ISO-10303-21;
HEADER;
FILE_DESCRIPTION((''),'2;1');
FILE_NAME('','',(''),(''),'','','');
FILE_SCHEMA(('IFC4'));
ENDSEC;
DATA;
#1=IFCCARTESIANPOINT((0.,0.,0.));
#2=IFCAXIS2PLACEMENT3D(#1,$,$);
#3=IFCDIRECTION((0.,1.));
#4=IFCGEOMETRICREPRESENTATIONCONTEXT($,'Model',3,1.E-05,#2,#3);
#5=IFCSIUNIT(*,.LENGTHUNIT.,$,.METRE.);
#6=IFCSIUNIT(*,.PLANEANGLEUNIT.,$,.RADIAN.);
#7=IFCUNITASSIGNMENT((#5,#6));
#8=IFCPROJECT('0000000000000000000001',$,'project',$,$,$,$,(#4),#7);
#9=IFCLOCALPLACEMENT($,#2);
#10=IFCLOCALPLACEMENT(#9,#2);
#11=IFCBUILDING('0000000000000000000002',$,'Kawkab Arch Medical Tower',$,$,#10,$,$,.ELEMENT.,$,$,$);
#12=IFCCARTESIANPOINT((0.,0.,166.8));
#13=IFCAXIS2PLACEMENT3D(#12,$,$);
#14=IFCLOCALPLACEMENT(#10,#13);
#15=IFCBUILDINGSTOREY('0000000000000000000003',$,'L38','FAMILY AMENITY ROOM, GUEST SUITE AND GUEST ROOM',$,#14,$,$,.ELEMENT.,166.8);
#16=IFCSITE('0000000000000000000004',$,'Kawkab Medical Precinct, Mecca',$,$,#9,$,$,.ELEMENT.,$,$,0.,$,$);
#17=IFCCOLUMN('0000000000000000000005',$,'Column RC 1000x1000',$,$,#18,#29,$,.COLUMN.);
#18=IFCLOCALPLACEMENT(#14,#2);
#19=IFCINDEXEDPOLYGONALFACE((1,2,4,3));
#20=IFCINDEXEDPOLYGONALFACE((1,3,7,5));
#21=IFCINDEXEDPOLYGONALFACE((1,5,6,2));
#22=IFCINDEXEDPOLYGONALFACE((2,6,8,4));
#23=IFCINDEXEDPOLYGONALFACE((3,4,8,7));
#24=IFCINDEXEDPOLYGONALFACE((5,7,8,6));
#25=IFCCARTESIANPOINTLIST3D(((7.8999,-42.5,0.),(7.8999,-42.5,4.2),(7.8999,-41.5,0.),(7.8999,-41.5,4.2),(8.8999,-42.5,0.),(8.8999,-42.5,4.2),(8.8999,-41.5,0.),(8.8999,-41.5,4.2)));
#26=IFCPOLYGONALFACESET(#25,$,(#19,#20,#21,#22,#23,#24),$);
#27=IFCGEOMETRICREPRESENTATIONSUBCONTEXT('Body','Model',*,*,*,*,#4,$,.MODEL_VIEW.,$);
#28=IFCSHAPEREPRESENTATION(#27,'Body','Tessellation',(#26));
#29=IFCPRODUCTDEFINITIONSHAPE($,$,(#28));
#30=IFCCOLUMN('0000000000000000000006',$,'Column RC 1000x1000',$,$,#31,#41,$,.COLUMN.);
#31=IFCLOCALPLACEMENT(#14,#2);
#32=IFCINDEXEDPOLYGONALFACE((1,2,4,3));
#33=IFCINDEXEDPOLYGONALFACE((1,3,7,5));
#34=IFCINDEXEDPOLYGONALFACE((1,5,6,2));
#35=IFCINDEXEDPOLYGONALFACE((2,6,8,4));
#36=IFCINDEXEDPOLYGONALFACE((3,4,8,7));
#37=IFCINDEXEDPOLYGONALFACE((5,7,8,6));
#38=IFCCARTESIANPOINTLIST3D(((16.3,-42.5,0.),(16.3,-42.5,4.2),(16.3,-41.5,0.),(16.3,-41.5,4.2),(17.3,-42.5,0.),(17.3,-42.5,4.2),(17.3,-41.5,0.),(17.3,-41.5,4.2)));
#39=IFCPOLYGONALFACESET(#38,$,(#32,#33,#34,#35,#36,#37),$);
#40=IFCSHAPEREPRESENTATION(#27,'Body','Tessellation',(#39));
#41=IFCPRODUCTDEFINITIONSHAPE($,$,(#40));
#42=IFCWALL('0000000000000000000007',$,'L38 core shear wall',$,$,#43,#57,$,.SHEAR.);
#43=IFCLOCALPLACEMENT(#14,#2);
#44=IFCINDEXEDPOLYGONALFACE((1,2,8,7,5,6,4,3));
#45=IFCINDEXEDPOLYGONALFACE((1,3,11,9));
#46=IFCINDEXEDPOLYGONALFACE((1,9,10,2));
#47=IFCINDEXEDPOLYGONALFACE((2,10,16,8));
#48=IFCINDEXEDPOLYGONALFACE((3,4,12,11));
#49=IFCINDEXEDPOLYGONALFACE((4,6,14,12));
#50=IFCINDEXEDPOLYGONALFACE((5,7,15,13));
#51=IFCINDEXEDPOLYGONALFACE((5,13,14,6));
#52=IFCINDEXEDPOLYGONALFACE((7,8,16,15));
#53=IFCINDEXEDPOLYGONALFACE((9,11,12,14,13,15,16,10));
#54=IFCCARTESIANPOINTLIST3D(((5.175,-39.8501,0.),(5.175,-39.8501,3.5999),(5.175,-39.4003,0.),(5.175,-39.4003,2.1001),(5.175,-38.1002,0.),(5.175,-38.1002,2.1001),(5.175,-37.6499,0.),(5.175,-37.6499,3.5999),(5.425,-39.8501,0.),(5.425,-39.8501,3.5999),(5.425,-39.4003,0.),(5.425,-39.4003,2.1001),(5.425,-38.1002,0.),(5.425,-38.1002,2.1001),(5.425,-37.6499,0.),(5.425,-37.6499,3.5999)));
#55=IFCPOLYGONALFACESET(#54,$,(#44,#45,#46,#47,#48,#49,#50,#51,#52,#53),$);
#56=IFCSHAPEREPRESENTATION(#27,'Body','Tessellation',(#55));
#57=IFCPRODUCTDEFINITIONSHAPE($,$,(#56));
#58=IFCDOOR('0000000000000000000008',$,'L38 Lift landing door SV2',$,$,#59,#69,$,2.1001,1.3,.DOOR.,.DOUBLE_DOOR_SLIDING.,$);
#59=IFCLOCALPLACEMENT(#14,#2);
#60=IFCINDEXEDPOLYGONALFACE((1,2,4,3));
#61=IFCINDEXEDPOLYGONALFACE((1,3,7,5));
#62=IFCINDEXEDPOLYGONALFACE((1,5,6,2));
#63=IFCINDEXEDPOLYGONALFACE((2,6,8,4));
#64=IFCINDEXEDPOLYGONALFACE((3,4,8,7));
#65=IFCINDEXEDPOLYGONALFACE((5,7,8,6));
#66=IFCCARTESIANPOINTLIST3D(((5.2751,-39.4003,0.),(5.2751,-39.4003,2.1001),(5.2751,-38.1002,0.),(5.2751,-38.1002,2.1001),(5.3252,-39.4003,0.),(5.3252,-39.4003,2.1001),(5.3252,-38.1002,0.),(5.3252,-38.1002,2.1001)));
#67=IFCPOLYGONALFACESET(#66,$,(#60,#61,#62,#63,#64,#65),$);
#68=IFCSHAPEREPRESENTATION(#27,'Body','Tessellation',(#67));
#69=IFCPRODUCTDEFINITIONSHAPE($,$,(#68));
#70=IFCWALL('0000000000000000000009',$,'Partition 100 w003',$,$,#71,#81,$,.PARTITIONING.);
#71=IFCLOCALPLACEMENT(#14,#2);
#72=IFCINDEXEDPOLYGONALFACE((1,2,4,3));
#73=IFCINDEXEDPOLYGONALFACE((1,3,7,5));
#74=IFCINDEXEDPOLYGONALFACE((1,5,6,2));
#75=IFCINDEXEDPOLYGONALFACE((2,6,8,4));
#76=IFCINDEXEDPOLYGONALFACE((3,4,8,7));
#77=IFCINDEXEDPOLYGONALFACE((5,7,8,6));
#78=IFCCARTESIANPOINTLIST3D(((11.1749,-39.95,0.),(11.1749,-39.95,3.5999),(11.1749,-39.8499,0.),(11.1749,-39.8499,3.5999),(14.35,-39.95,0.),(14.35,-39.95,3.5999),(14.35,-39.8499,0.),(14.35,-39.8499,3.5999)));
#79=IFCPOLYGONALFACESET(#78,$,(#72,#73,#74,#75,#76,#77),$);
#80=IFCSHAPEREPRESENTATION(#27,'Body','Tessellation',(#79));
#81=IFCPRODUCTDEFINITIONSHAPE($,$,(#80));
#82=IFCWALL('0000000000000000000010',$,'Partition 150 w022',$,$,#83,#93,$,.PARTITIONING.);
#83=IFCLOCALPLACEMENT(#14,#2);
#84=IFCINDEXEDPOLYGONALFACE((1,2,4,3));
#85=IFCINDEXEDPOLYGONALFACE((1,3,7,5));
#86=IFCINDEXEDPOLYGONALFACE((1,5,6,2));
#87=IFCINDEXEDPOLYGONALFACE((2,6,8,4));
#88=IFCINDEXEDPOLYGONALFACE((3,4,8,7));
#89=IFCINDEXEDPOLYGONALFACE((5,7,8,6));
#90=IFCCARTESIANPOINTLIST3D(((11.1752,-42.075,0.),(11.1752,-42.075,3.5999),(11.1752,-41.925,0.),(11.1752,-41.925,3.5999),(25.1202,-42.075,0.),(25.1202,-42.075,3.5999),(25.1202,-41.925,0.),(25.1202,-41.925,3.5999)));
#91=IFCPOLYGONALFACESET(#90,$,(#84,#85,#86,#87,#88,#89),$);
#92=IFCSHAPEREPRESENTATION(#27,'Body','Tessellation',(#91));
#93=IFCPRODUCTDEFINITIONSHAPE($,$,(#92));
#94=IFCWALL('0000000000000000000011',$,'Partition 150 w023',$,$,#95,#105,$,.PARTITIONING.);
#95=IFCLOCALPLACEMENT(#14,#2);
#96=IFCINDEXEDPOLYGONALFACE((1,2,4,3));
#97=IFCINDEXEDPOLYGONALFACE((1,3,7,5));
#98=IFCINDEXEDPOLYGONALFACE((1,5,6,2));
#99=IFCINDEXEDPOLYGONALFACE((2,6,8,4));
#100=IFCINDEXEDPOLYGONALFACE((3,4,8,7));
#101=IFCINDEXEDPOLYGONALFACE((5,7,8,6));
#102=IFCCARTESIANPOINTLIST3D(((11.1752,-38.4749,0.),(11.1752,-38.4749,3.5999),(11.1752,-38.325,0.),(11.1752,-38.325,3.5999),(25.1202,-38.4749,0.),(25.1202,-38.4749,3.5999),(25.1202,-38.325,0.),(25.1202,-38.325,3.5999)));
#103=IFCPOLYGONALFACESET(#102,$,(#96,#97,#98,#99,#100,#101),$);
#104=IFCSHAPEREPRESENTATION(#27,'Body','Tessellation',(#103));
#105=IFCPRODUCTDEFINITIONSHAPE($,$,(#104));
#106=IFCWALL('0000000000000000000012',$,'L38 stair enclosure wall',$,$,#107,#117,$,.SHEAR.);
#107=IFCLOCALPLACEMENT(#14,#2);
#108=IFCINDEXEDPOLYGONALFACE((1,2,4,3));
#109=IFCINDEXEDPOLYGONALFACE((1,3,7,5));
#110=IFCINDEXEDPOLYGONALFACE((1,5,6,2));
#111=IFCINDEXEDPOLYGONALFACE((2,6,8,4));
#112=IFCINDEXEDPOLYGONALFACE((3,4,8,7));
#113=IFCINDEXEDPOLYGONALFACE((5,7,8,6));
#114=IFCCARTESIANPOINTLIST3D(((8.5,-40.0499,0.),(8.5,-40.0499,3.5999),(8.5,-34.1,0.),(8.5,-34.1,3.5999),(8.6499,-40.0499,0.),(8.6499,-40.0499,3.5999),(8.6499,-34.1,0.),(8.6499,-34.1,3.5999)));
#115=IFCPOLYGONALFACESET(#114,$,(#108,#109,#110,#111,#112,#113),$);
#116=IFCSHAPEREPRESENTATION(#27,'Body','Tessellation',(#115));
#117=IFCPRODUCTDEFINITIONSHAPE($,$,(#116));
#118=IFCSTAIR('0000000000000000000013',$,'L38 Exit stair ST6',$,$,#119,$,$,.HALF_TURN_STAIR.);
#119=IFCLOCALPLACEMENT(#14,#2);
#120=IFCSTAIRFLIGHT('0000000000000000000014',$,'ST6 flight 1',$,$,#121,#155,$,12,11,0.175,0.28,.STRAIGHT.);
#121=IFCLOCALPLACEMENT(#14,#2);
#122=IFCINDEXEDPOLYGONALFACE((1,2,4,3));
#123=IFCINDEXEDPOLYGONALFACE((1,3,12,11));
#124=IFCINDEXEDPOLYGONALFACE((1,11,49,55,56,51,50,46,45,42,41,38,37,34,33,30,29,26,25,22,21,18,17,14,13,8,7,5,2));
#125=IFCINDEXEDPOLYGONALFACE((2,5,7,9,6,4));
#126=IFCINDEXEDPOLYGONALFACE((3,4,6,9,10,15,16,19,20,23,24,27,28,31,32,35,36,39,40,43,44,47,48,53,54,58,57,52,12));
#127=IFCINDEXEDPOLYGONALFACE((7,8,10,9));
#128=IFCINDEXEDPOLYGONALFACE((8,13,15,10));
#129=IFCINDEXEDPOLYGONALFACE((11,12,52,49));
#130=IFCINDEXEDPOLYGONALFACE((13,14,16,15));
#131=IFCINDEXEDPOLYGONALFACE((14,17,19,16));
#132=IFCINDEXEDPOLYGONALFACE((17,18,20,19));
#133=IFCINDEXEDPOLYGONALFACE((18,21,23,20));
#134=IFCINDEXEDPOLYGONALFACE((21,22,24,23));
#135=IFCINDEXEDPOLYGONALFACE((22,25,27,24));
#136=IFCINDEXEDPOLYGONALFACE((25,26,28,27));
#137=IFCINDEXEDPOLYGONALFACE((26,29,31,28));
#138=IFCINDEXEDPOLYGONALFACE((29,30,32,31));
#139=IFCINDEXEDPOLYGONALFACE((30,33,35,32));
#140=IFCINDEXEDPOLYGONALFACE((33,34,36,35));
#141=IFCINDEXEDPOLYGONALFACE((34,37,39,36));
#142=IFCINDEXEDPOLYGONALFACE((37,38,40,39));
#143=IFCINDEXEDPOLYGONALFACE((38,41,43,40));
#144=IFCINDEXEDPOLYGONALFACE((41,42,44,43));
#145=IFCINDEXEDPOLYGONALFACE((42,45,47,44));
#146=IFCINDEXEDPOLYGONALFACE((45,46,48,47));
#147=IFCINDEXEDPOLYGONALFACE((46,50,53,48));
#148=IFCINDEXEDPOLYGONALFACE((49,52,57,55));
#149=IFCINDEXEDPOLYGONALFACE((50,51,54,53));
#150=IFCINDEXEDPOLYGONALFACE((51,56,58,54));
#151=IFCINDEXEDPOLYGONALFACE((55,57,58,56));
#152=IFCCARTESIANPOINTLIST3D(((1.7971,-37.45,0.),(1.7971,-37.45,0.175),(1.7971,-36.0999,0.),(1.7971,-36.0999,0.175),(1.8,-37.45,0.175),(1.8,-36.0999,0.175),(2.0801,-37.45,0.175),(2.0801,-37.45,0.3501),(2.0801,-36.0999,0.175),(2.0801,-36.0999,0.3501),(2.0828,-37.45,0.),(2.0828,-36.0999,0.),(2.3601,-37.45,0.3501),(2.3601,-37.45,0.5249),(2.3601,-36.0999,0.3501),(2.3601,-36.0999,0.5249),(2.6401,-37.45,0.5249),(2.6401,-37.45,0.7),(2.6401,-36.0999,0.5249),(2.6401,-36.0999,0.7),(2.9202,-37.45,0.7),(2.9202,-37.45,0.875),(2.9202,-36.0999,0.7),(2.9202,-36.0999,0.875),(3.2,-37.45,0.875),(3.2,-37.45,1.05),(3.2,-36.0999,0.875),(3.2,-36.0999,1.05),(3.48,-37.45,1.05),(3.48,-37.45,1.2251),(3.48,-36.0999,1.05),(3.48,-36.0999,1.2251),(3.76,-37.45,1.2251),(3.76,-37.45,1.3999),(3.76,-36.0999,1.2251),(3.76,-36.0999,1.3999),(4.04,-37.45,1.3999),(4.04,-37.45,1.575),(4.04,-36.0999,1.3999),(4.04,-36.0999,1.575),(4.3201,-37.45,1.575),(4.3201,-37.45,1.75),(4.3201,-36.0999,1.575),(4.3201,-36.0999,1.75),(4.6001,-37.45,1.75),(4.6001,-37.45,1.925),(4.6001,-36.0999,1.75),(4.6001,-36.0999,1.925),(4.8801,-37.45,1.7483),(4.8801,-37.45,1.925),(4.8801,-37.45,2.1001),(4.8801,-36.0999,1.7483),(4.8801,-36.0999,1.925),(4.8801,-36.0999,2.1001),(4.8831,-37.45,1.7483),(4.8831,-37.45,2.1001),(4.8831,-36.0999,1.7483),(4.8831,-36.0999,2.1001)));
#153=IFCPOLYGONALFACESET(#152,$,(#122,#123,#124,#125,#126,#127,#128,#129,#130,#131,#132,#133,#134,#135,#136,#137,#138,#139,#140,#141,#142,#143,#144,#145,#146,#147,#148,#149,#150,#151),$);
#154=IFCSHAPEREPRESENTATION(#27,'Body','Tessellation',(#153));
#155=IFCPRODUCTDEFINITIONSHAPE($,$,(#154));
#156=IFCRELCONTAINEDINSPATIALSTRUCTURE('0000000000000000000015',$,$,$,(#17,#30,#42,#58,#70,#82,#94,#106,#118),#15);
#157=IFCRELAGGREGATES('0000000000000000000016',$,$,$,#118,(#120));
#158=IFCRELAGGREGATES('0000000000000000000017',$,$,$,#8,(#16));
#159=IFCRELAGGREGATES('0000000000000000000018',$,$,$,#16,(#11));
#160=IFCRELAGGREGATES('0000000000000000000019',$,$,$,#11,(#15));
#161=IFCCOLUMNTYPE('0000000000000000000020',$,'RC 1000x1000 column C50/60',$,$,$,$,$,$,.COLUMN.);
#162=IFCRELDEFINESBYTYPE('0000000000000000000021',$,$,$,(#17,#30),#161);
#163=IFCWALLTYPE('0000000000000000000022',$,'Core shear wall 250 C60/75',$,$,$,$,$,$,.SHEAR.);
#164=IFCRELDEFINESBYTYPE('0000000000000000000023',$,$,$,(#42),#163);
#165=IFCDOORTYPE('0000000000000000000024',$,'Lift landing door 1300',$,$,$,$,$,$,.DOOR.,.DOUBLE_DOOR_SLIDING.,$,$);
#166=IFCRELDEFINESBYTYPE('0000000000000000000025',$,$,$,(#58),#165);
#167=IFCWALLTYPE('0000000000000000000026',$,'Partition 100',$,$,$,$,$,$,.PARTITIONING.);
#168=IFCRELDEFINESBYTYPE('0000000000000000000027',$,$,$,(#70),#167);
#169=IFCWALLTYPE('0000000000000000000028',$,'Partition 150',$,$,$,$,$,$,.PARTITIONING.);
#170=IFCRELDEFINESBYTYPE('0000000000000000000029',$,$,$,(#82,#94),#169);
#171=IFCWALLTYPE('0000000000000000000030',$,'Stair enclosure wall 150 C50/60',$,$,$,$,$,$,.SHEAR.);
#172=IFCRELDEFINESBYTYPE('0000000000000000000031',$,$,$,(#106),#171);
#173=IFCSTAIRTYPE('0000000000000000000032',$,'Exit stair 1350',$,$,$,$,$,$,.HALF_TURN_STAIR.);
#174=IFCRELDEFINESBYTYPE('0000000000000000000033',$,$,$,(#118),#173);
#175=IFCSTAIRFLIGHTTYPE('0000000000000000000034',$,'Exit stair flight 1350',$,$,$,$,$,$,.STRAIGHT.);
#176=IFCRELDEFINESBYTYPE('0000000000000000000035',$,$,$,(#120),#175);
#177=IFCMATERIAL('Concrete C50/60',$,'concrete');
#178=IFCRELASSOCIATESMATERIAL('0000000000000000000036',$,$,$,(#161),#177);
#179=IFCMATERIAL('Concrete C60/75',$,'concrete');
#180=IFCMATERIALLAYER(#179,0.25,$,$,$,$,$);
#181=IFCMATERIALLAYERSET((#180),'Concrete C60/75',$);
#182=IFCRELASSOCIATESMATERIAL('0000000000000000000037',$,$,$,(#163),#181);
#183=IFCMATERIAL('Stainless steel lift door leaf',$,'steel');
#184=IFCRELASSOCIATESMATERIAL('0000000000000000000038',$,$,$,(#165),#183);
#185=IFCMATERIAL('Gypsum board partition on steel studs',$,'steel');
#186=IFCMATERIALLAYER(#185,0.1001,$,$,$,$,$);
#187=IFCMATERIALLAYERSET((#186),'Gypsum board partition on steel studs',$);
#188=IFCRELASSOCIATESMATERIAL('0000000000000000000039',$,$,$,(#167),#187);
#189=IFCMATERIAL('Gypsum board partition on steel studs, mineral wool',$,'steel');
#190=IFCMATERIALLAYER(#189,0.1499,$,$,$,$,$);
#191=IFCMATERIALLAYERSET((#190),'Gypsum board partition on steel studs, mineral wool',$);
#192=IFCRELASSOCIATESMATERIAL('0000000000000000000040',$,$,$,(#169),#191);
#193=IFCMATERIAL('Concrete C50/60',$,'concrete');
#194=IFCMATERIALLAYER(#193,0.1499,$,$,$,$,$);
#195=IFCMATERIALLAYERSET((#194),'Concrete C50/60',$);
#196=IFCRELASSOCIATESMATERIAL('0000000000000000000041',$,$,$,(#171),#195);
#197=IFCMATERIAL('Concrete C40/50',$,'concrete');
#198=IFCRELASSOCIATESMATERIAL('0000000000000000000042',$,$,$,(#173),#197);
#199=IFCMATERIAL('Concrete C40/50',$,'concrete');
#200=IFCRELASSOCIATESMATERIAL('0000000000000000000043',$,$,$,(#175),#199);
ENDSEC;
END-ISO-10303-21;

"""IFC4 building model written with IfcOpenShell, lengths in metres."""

from ifc_helpers import new_model, si_unit, direction, frame, frame_2d, origin, origin_2d, place, context, subcontext, project, spatial, polyline, rectangle, outline, extrude, material, layer, layer_set, material_profile, profile_set, type_object, element, fill, aggregate, save


model = new_model("IFC4")

# Units and contexts
model_context = context("Model", 3, precision=1e-05, world=origin(), true_north=direction((0.0, 1.0)))
body_context = subcontext(model_context, "Body", "Model", "MODEL_VIEW")
ifc_project = project(units=[si_unit("LENGTHUNIT", "METRE"), si_unit("PLANEANGLEUNIT", "RADIAN")], contexts=[model_context])

# Site, building, storey
site_placement = place(None, origin())
site = spatial("IfcSite", under=ifc_project, at=site_placement, Name="Kawkab Medical Precinct, Mecca", CompositionType="ELEMENT", RefElevation=0.0)
building_placement = place(site_placement, origin())
building = spatial("IfcBuilding", under=site, at=building_placement, Name="Kawkab Arch Medical Tower", CompositionType="ELEMENT")
storey_placement = place(building_placement, frame((0.0, 0.0, 166.8)))
storey = spatial("IfcBuildingStorey", under=building, at=storey_placement, Name="L38", Description="FAMILY AMENITY ROOM, GUEST SUITE AND GUEST ROOM", CompositionType="ELEMENT", Elevation=166.8)

# Columns
ifc_material_1 = material(Name="Concrete C50/60", Category="concrete")
ifc_material_profile = material_profile(ifc_material_1, rectangle(XDim=1.0, YDim=1.0, at=origin_2d()), Name="RC 1000x1000")
ifc_profile_set = profile_set([ifc_material_profile], Name="Concrete C50/60")
column_type = type_object("IfcColumnType", Name="RC 1000x1000 column C50/60", PredefinedType="COLUMN", material=ifc_profile_set)
for number, where, z_axis, x_axis, name in (
    (1, (8.3999, -42.0, 0.0), (0.0, 0.0, 1.0), (1.0, 0.0, 0.0), "Column RC 1000x1000"),
    (2, (16.8, -42.0, 0.0), (0.0, 0.0, 1.0), (1.0, 0.0, 0.0), "Column RC 1000x1000"),
):
    element("IfcColumn", number, at=place(storey_placement, frame(where, z_axis=z_axis, x_axis=x_axis)), inside=storey, type_object=column_type, Name=name, PredefinedType="COLUMN", context=body_context, shape_type="SweptSolid", body=[
        extrude(rectangle(XDim=1.0, YDim=1.0, at=origin_2d()), origin(), (0.0, 0.0, 1.0), 4.2),
    ])

# Wall, opening, door
ifc_material_2 = material(Name="Concrete C60/75", Category="concrete")
ifc_layer_1 = layer(ifc_material_2, 0.25)
ifc_layer_set_1 = layer_set([ifc_layer_1], Name="Concrete C60/75")
wall_type_1 = type_object("IfcWallType", Name="Core shear wall 250 C60/75", PredefinedType="SHEAR", material=ifc_layer_set_1)
wall_1_placement = place(storey_placement, frame((5.3, -39.8501, 0.0), z_axis=(0.0, 0.0, 1.0), x_axis=(0.0, 1.0, 0.0)))
wall_1 = element("IfcWall", 3, at=wall_1_placement, inside=storey, type_object=wall_type_1, Name="L38 core shear wall", PredefinedType="SHEAR", context=body_context, shape_type="SweptSolid", body=[
    extrude(rectangle(XDim=2.2002, YDim=0.25, at=frame_2d((1.1001, 0.0))), origin(), (0.0, 0.0, 1.0), 3.5999),
])
opening_placement = place(wall_1_placement, frame((0.45, 0.0, 0.0)))
opening = element("IfcOpeningElement", 4, at=opening_placement, cuts=wall_1, PredefinedType="OPENING", context=body_context, shape_type="SweptSolid", body=[
    extrude(rectangle(XDim=1.3, YDim=2.1001, at=frame_2d((0.6499, 1.05))), frame((0.0, 0.135, 0.0), z_axis=(0.0, -1.0, 0.0), x_axis=(1.0, 0.0, 0.0)), (0.0, 0.0, 1.0), 0.27),
])
ifc_material_3 = material(Name="Stainless steel lift door leaf", Category="steel")
door_type = type_object("IfcDoorType", Name="Lift landing door 1300", OperationType="DOUBLE_DOOR_SLIDING", PredefinedType="DOOR", material=ifc_material_3)
door_placement = place(opening_placement, origin())
door = element("IfcDoor", 5, at=door_placement, inside=storey, type_object=door_type, Name="L38 Lift landing door SV2", OperationType="DOUBLE_DOOR_SLIDING", OverallHeight=2.1001, OverallWidth=1.3, PredefinedType="DOOR", context=body_context, shape_type="SweptSolid", body=[
    extrude(rectangle(XDim=1.3, YDim=2.1001, at=frame_2d((0.6499, 1.05))), frame((0.0, 0.0249, 0.0), z_axis=(0.0, -1.0, 0.0), x_axis=(1.0, 0.0, 0.0)), (0.0, 0.0, 1.0), 0.05),
])
fill(opening, door)

# Walls
ifc_material_4 = material(Name="Gypsum board partition on steel studs", Category="steel")
ifc_layer_2 = layer(ifc_material_4, 0.1001)
ifc_layer_set_2 = layer_set([ifc_layer_2], Name="Gypsum board partition on steel studs")
wall_type_2 = type_object("IfcWallType", Name="Partition 100", PredefinedType="PARTITIONING", material=ifc_layer_set_2)
wall_2_placement = place(storey_placement, frame((11.175, -39.8999, 0.0), z_axis=(0.0, 0.0, 1.0), x_axis=(1.0, 0.0, 0.0)))
element("IfcWall", 6, at=wall_2_placement, inside=storey, type_object=wall_type_2, Name="Partition 100 w003", PredefinedType="PARTITIONING", context=body_context, shape_type="SweptSolid", body=[
    extrude(rectangle(XDim=3.175, YDim=0.1001, at=frame_2d((1.5874, 0.0))), origin(), (0.0, 0.0, 1.0), 3.5999),
])
ifc_material_5 = material(Name="Gypsum board partition on steel studs, mineral wool", Category="steel")
ifc_layer_3 = layer(ifc_material_5, 0.1499)
ifc_layer_set_3 = layer_set([ifc_layer_3], Name="Gypsum board partition on steel studs, mineral wool")
wall_type_3 = type_object("IfcWallType", Name="Partition 150", PredefinedType="PARTITIONING", material=ifc_layer_set_3)
for number, where, z_axis, x_axis, name in (
    (7, (11.175, -42.0, 0.0), (0.0, 0.0, 1.0), (1.0, 0.0, 0.0), "Partition 150 w022"),
    (8, (11.175, -38.3999, 0.0), (0.0, 0.0, 1.0), (1.0, 0.0, 0.0), "Partition 150 w023"),
):
    element("IfcWall", number, at=place(storey_placement, frame(where, z_axis=z_axis, x_axis=x_axis)), inside=storey, type_object=wall_type_3, Name=name, PredefinedType="PARTITIONING", context=body_context, shape_type="SweptSolid", body=[
        extrude(rectangle(XDim=13.9451, YDim=0.1499, at=frame_2d((6.9727, 0.0))), origin(), (0.0, 0.0, 1.0), 3.5999),
    ])
ifc_material_6 = material(Name="Concrete C50/60", Category="concrete")
ifc_layer_4 = layer(ifc_material_6, 0.1499)
ifc_layer_set_4 = layer_set([ifc_layer_4], Name="Concrete C50/60")
wall_type_4 = type_object("IfcWallType", Name="Stair enclosure wall 150 C50/60", PredefinedType="SHEAR", material=ifc_layer_set_4)
wall_3_placement = place(storey_placement, frame((8.575, -40.05, 0.0), z_axis=(0.0, 0.0, 1.0), x_axis=(0.0, 1.0, 0.0)))
element("IfcWall", 9, at=wall_3_placement, inside=storey, type_object=wall_type_4, Name="L38 stair enclosure wall", PredefinedType="SHEAR", context=body_context, shape_type="SweptSolid", body=[
    extrude(rectangle(XDim=5.95, YDim=0.1499, at=frame_2d((2.9751, 0.0))), origin(), (0.0, 0.0, 1.0), 3.5999),
])

# Stair, stair flight
ifc_material_7 = material(Name="Concrete C40/50", Category="concrete")
stair_type = type_object("IfcStairType", Name="Exit stair 1350", PredefinedType="HALF_TURN_STAIR", material=ifc_material_7)
stair_placement = place(storey_placement, origin())
stair = element("IfcStair", 10, at=stair_placement, inside=storey, type_object=stair_type, Name="L38 Exit stair ST6", PredefinedType="HALF_TURN_STAIR")
ifc_material_8 = material(Name="Concrete C40/50", Category="concrete")
stair_flight_type = type_object("IfcStairFlightType", Name="Exit stair flight 1350", PredefinedType="STRAIGHT", material=ifc_material_8)
stair_flight_1_placement = place(storey_placement, frame((1.8, -36.7749, 0.0), z_axis=(0.0, 0.0, 1.0), x_axis=(1.0, 0.0, 0.0)))
stair_flight_1 = element("IfcStairFlight", 11, at=stair_flight_1_placement, type_object=stair_flight_type, Name="ST6 flight 1", NumberOfRisers=12, NumberOfTreads=11, PredefinedType="STRAIGHT", RiserHeight=0.175, TreadLength=0.28, context=body_context, shape_type="SweptSolid", body=[
    extrude(outline(polyline([(-0.0029, 0.0), (-0.0029, 0.175), (0.0, 0.175), (0.28, 0.175), (0.28, 0.3501), (0.5601, 0.3501), (0.5601, 0.5249), (0.8401, 0.5249), (0.8401, 0.7), (1.1201, 0.7), (1.1201, 0.875), (1.3999, 0.875), (1.3999, 1.05), (1.6799, 1.05), (1.6799, 1.2251), (1.96, 1.2251), (1.96, 1.3999), (2.24, 1.3999), (2.24, 1.575), (2.52, 1.575), (2.52, 1.75), (2.8, 1.75), (2.8, 1.925), (3.0801, 1.925), (3.0801, 2.1001), (3.083, 2.1001), (3.083, 1.7483), (3.0801, 1.7483), (0.2827, 0.0), (-0.0029, 0.0)])), frame((0.0, 0.675, 0.0), z_axis=(0.0, -1.0, 0.0), x_axis=(1.0, 0.0, 0.0)), (0.0, 0.0, 1.0), 1.3501),
])
aggregate(stair, [stair_flight_1])

save(model, "model.ifc")
